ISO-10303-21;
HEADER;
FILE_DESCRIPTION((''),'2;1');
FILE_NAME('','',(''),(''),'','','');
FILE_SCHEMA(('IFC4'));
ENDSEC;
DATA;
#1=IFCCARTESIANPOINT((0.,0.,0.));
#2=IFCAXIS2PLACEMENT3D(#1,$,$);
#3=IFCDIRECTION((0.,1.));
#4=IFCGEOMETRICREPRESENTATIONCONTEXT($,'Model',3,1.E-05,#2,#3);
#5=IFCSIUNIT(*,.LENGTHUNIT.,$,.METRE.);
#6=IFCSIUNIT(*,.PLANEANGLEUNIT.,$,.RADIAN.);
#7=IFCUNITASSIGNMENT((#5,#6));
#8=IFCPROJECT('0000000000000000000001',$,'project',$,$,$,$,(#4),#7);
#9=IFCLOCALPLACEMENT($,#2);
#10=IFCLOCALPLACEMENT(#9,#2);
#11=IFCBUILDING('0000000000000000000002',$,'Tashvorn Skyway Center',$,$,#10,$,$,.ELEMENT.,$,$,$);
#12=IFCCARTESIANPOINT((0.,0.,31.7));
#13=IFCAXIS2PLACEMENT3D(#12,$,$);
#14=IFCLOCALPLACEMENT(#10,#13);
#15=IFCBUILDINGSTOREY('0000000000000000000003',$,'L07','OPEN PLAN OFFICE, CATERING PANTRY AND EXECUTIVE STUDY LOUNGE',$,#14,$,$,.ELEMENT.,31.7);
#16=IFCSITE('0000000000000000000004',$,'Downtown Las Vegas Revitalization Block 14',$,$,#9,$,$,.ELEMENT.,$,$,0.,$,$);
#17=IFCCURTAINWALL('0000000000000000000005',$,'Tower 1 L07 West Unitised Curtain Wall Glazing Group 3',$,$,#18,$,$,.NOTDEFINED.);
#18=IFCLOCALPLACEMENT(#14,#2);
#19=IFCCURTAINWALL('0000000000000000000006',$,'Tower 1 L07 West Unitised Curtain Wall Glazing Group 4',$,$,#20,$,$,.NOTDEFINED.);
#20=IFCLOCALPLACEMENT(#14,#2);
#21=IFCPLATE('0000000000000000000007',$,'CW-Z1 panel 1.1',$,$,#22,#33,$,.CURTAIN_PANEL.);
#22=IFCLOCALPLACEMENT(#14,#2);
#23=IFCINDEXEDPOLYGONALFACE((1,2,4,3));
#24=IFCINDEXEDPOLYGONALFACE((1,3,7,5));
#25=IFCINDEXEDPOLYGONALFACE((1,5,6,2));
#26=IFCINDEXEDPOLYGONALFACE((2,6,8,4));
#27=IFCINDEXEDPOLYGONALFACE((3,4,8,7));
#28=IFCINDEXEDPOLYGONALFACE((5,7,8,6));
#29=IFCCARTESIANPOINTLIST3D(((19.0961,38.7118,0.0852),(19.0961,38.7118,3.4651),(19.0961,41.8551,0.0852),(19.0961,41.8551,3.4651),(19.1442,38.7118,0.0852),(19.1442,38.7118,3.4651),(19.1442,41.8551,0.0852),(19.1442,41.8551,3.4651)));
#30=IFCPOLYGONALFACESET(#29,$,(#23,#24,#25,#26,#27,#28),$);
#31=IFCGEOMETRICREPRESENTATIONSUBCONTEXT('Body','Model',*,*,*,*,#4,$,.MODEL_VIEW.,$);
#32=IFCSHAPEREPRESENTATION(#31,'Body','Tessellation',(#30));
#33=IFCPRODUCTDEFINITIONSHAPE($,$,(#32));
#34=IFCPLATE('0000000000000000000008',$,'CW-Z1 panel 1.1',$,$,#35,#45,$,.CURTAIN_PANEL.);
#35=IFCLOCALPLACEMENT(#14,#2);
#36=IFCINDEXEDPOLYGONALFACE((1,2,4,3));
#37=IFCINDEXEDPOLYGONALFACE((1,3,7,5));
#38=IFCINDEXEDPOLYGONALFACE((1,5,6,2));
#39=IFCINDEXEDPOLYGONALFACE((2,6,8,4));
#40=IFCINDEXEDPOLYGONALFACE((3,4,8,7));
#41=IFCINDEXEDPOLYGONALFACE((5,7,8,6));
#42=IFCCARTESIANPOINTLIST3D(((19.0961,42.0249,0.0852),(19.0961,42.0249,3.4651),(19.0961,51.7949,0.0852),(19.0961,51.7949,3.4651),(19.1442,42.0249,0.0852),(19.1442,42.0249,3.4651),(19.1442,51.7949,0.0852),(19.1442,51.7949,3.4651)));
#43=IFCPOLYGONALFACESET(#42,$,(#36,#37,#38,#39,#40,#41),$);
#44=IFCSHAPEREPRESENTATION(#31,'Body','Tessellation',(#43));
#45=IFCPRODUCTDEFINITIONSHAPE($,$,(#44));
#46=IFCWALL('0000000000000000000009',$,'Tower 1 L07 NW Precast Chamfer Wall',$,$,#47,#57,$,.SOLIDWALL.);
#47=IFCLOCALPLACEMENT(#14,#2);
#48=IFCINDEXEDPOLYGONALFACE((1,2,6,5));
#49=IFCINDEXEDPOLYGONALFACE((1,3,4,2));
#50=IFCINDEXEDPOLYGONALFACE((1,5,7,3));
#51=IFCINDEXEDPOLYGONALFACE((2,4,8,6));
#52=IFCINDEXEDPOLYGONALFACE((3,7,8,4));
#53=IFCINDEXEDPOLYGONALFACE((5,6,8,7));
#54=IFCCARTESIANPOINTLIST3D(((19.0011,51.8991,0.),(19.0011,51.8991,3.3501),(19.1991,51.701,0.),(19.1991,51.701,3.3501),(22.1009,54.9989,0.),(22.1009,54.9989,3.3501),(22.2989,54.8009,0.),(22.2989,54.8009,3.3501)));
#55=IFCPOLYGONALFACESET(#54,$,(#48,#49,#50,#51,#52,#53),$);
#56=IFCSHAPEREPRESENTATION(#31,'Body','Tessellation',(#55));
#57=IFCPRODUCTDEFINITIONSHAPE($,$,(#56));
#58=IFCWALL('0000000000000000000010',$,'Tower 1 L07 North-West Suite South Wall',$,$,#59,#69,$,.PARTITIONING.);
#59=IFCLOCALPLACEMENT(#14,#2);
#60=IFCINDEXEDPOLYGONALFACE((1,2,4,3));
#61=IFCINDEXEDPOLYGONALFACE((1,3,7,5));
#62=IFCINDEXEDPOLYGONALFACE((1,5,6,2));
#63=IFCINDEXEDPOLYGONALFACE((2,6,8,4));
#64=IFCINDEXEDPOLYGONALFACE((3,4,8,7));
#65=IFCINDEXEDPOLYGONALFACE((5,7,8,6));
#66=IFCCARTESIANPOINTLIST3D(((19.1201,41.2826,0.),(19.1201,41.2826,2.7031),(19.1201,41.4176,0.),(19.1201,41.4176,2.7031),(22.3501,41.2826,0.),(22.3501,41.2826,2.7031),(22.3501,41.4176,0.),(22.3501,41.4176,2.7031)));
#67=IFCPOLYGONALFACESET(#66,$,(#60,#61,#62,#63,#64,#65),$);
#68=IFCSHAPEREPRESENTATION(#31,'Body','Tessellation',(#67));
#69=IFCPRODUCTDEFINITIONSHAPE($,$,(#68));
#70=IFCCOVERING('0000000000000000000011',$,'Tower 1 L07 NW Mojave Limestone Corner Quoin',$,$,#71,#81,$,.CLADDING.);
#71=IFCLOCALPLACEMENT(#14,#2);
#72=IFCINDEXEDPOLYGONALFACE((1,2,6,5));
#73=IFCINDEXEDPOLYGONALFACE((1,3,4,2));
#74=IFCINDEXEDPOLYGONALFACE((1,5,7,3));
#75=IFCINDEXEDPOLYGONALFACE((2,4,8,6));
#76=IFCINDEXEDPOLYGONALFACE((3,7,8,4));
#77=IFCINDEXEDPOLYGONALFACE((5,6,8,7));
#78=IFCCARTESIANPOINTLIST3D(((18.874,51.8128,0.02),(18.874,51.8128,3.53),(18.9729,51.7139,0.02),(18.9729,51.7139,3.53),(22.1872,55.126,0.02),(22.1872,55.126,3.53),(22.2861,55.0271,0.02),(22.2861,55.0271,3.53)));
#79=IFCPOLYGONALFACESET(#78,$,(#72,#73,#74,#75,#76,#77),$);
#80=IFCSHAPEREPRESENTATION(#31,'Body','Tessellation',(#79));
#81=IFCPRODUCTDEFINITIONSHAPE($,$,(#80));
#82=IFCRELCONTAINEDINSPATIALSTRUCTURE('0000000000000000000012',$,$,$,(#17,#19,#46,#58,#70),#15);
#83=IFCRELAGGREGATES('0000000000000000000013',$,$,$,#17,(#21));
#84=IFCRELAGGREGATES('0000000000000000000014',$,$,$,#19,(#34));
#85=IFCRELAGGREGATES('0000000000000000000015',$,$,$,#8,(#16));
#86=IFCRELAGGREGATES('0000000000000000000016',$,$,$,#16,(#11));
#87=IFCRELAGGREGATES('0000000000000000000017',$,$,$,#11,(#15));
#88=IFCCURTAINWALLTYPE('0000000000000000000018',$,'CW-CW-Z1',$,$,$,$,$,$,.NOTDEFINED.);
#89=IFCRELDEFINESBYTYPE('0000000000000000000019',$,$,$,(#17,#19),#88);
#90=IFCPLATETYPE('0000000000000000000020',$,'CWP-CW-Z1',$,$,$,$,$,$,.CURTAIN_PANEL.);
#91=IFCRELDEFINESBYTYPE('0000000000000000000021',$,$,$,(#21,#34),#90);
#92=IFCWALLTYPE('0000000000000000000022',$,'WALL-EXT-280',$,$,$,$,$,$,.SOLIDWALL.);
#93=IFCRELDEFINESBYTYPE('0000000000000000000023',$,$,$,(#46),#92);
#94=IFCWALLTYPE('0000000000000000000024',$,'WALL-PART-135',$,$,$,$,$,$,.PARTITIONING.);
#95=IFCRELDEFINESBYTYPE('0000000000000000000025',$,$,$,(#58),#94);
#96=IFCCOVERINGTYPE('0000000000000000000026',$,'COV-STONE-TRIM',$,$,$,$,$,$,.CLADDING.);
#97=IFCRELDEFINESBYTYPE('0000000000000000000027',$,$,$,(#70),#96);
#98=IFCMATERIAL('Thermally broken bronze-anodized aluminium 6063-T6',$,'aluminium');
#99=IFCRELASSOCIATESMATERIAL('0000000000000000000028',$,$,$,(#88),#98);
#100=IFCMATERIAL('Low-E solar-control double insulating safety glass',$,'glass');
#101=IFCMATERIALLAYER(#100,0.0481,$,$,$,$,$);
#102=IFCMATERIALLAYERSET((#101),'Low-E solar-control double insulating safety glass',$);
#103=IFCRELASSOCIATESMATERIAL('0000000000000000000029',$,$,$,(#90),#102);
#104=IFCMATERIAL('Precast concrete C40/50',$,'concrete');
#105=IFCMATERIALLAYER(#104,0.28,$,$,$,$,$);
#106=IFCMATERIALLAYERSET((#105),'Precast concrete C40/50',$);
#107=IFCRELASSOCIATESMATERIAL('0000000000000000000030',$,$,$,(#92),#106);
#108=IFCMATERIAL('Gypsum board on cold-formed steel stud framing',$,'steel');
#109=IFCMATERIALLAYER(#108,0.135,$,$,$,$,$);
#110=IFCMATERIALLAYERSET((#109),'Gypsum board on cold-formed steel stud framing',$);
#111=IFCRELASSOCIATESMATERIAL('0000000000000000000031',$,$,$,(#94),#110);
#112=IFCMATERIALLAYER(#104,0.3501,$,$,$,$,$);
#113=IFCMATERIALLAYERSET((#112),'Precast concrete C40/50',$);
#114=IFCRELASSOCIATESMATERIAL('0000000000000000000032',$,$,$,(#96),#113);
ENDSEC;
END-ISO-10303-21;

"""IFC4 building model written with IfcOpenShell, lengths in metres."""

from ifc_helpers import new_model, si_unit, direction, frame, frame_2d, origin, origin_2d, place, context, subcontext, project, spatial, rectangle, extrude, material, layer, layer_set, type_object, element, aggregate, save


model = new_model("IFC4")

# Units and contexts
model_context = context("Model", 3, precision=1e-05, world=origin(), true_north=direction((0.0, 1.0)))
body_context = subcontext(model_context, "Body", "Model", "MODEL_VIEW")
ifc_project = project(units=[si_unit("LENGTHUNIT", "METRE"), si_unit("PLANEANGLEUNIT", "RADIAN")], contexts=[model_context])

# Site, building, storey
site_placement = place(None, origin())
site = spatial("IfcSite", under=ifc_project, at=site_placement, Name="Downtown Las Vegas Revitalization Block 14", CompositionType="ELEMENT", RefElevation=0.0)
building_placement = place(site_placement, origin())
building = spatial("IfcBuilding", under=site, at=building_placement, Name="Tashvorn Skyway Center", CompositionType="ELEMENT")
storey_placement = place(building_placement, frame((0.0, 0.0, 31.7)))
storey = spatial("IfcBuildingStorey", under=building, at=storey_placement, Name="L07", Description="OPEN PLAN OFFICE, CATERING PANTRY AND EXECUTIVE STUDY LOUNGE", CompositionType="ELEMENT", Elevation=31.7)

# Curtain wall
ifc_material_1 = material(Name="Thermally broken bronze-anodized aluminium 6063-T6", Category="aluminium")
curtain_wall_type = type_object("IfcCurtainWallType", Name="CW-CW-Z1", PredefinedType="NOTDEFINED", material=ifc_material_1)
curtain_wall_1_placement = place(storey_placement, origin())
curtain_wall_1 = element("IfcCurtainWall", 1, at=curtain_wall_1_placement, inside=storey, type_object=curtain_wall_type, Name="Tower 1 L07 West Unitised Curtain Wall Glazing Group 3", PredefinedType="NOTDEFINED")

# Curtain wall
curtain_wall_2_placement = place(storey_placement, origin())
curtain_wall_2 = element("IfcCurtainWall", 2, at=curtain_wall_2_placement, inside=storey, type_object=curtain_wall_type, Name="Tower 1 L07 West Unitised Curtain Wall Glazing Group 4", PredefinedType="NOTDEFINED")

# Plates
ifc_material_2 = material(Name="Low-E solar-control double insulating safety glass", Category="glass")
ifc_layer_1 = layer(ifc_material_2, 0.0481)
ifc_layer_set_1 = layer_set([ifc_layer_1], Name="Low-E solar-control double insulating safety glass")
plate_type = type_object("IfcPlateType", Name="CWP-CW-Z1", PredefinedType="CURTAIN_PANEL", material=ifc_layer_set_1)
plate_1_placement = place(storey_placement, frame((19.1201, 40.2834, 0.0852), z_axis=(0.0, 0.0, 1.0), x_axis=(0.0, 1.0, 0.0)))
plate_1 = element("IfcPlate", 3, at=plate_1_placement, type_object=plate_type, Name="CW-Z1 panel 1.1", PredefinedType="CURTAIN_PANEL", context=body_context, shape_type="SweptSolid", body=[
    extrude(rectangle(XDim=3.1433, YDim=0.0481, at=origin_2d()), origin(), (0.0, 0.0, 1.0), 3.3799),
])
aggregate(curtain_wall_1, [plate_1])
plate_2_placement = place(storey_placement, frame((19.1201, 46.9099, 0.0852), z_axis=(0.0, 0.0, 1.0), x_axis=(0.0, 1.0, 0.0)))
plate_2 = element("IfcPlate", 4, at=plate_2_placement, type_object=plate_type, Name="CW-Z1 panel 1.1", PredefinedType="CURTAIN_PANEL", context=body_context, shape_type="SweptSolid", body=[
    extrude(rectangle(XDim=9.77, YDim=0.0481, at=origin_2d()), origin(), (0.0, 0.0, 1.0), 3.3799),
])
aggregate(curtain_wall_2, [plate_2])

# Walls
ifc_material_3 = material(Name="Precast concrete C40/50", Category="concrete")
ifc_layer_2 = layer(ifc_material_3, 0.28)
ifc_layer_set_2 = layer_set([ifc_layer_2], Name="Precast concrete C40/50")
wall_type_1 = type_object("IfcWallType", Name="WALL-EXT-280", PredefinedType="SOLIDWALL", material=ifc_layer_set_2)
wall_1_placement = place(storey_placement, frame((19.1001, 51.8, 0.0), z_axis=(0.0, 0.0, 1.0), x_axis=(0.707107, 0.707107, 0.0)))
element("IfcWall", 5, at=wall_1_placement, inside=storey, type_object=wall_type_1, Name="Tower 1 L07 NW Precast Chamfer Wall", PredefinedType="SOLIDWALL", context=body_context, shape_type="SweptSolid", body=[
    extrude(rectangle(XDim=4.3838, YDim=0.28, at=frame_2d((2.1919, 0.0))), origin(), (0.0, 0.0, 1.0), 3.3501),
])
ifc_material_4 = material(Name="Gypsum board on cold-formed steel stud framing", Category="steel")
ifc_layer_3 = layer(ifc_material_4, 0.135)
ifc_layer_set_3 = layer_set([ifc_layer_3], Name="Gypsum board on cold-formed steel stud framing")
wall_type_2 = type_object("IfcWallType", Name="WALL-PART-135", PredefinedType="PARTITIONING", material=ifc_layer_set_3)
wall_2_placement = place(storey_placement, frame((19.1201, 41.3501, 0.0), z_axis=(0.0, 0.0, 1.0), x_axis=(1.0, 0.0, 0.0)))
element("IfcWall", 6, at=wall_2_placement, inside=storey, type_object=wall_type_2, Name="Tower 1 L07 North-West Suite South Wall", PredefinedType="PARTITIONING", context=body_context, shape_type="SweptSolid", body=[
    extrude(rectangle(XDim=3.23, YDim=0.135, at=frame_2d((1.615, 0.0))), origin(), (0.0, 0.0, 1.0), 2.7031),
])

# Covering
ifc_layer_4 = layer(ifc_material_3, 0.3501)
ifc_layer_set_4 = layer_set([ifc_layer_4], Name="Precast concrete C40/50")
covering_type = type_object("IfcCoveringType", Name="COV-STONE-TRIM", PredefinedType="CLADDING", material=ifc_layer_set_4)
covering_placement = place(storey_placement, frame((20.5801, 53.4199, 0.02), z_axis=(0.0, 0.0, 1.0), x_axis=(-0.707107, -0.707107, 0.0)))
element("IfcCovering", 7, at=covering_placement, inside=storey, type_object=covering_type, Name="Tower 1 L07 NW Mojave Limestone Corner Quoin", PredefinedType="CLADDING", context=body_context, shape_type="SweptSolid", body=[
    extrude(rectangle(XDim=4.6855, YDim=0.1399, at=origin_2d()), origin(), (0.0, 0.0, 1.0), 3.51),
])

save(model, "model.ifc")
